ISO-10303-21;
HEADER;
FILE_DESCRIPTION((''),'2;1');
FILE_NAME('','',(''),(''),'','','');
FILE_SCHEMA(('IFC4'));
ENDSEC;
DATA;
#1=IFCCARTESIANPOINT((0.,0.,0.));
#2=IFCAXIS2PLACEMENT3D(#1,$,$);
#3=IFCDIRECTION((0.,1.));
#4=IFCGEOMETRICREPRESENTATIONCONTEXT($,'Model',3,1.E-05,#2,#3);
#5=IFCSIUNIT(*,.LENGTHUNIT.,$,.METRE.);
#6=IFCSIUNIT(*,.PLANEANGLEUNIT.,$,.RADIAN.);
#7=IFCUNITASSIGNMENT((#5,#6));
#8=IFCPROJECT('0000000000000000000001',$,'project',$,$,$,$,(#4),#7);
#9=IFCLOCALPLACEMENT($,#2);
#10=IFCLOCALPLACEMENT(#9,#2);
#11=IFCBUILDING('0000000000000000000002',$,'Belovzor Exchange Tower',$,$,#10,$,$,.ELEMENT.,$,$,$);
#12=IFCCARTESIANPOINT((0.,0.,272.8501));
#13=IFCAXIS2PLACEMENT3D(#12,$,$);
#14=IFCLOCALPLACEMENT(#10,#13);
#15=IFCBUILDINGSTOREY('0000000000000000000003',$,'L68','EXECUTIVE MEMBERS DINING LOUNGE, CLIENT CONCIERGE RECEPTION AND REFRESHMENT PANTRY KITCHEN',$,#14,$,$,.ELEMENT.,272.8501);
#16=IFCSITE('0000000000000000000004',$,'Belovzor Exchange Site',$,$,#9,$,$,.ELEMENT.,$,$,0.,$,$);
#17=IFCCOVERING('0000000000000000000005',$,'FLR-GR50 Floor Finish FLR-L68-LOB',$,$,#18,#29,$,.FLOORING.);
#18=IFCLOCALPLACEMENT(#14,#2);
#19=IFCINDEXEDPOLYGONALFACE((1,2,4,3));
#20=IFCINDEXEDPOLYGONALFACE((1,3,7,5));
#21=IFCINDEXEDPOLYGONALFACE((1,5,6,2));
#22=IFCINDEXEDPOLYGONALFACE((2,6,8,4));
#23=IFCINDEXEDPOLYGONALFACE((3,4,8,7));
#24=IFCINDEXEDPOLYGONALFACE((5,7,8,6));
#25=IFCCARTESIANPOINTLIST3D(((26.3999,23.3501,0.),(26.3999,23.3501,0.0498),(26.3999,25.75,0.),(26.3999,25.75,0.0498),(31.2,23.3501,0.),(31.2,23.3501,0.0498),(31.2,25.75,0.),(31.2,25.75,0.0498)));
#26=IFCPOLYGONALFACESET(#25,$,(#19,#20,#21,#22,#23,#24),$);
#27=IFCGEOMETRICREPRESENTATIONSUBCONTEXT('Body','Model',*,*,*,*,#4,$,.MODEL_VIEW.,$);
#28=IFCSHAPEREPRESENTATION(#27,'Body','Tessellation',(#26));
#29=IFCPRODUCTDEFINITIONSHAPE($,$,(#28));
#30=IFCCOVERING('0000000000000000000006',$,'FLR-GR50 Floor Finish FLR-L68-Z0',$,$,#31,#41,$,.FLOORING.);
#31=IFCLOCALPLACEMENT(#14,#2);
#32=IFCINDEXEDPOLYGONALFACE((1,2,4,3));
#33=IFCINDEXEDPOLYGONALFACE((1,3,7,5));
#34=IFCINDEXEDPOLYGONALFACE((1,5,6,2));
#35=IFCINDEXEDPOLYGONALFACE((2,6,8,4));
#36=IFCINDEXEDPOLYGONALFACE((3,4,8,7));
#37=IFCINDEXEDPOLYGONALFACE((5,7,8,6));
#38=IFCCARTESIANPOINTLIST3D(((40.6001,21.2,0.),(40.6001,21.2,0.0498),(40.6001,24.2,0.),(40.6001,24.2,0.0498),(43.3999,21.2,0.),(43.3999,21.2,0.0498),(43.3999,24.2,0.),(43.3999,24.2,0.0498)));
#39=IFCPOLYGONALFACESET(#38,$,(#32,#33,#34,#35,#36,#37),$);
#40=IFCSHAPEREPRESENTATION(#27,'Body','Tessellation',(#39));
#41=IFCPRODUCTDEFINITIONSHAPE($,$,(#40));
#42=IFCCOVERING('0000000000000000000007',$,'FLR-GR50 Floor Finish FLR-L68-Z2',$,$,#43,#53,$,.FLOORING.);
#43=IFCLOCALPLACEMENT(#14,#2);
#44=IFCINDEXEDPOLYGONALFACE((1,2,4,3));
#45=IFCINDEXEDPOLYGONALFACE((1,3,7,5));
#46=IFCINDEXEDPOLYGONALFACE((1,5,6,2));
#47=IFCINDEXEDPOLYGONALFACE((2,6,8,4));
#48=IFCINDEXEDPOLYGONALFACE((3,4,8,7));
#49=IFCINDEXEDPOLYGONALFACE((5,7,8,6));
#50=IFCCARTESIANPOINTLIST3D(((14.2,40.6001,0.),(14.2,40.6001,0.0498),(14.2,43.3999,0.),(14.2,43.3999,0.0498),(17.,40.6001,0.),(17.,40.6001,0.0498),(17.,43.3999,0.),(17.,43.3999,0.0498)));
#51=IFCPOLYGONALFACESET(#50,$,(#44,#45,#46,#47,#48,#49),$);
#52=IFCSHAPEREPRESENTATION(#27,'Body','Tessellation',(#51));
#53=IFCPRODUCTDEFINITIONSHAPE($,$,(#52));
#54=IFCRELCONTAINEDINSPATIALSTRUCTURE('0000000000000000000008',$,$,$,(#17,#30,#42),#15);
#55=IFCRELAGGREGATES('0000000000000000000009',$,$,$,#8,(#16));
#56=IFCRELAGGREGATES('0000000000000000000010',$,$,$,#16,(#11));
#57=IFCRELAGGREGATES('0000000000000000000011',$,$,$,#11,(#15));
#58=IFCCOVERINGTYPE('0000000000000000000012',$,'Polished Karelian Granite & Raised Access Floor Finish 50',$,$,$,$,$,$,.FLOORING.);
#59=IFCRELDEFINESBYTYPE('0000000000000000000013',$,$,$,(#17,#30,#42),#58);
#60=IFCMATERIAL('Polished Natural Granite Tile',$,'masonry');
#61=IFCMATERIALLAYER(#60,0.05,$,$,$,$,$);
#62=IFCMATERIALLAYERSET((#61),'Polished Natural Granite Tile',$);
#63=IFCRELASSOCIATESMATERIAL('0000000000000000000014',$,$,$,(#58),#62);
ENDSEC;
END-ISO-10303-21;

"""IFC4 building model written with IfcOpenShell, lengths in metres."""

from ifc_helpers import new_model, si_unit, direction, frame, origin, place, context, subcontext, project, spatial, polyline, outline, extrude, material, layer, layer_set, type_object, element, save


model = new_model("IFC4")

# Units and contexts
model_context = context("Model", 3, precision=1e-05, world=origin(), true_north=direction((0.0, 1.0)))
body_context = subcontext(model_context, "Body", "Model", "MODEL_VIEW")
ifc_project = project(units=[si_unit("LENGTHUNIT", "METRE"), si_unit("PLANEANGLEUNIT", "RADIAN")], contexts=[model_context])

# Site, building, storey
site_placement = place(None, origin())
site = spatial("IfcSite", under=ifc_project, at=site_placement, Name="Belovzor Exchange Site", CompositionType="ELEMENT", RefElevation=0.0)
building_placement = place(site_placement, origin())
building = spatial("IfcBuilding", under=site, at=building_placement, Name="Belovzor Exchange Tower", CompositionType="ELEMENT")
storey_placement = place(building_placement, frame((0.0, 0.0, 272.8501)))
storey = spatial("IfcBuildingStorey", under=building, at=storey_placement, Name="L68", Description="EXECUTIVE MEMBERS DINING LOUNGE, CLIENT CONCIERGE RECEPTION AND REFRESHMENT PANTRY KITCHEN", CompositionType="ELEMENT", Elevation=272.8501)

# Coverings
ifc_material_1 = material(Name="Polished Natural Granite Tile", Category="masonry")
ifc_layer_1 = layer(ifc_material_1, 0.05)
ifc_layer_set_1 = layer_set([ifc_layer_1], Name="Polished Natural Granite Tile")
covering_type_1 = type_object("IfcCoveringType", Name="Polished Karelian Granite & Raised Access Floor Finish 50", PredefinedType="FLOORING", material=ifc_layer_set_1)
covering_1_placement = place(storey_placement, origin())
element("IfcCovering", 1, at=covering_1_placement, inside=storey, type_object=covering_type_1, Name="FLR-GR50 Floor Finish FLR-L68-LOB", PredefinedType="FLOORING", context=body_context, shape_type="SweptSolid", body=[
    extrude(outline(polyline([(26.3999, 23.3501), (31.2, 23.3501), (31.2, 25.75), (26.3999, 25.75), (26.3999, 23.3501)])), origin(), (0.0, 0.0, 1.0), 0.0498),
])
covering_2_placement = place(storey_placement, origin())
element("IfcCovering", 2, at=covering_2_placement, inside=storey, type_object=covering_type_1, Name="FLR-GR50 Floor Finish FLR-L68-Z0", PredefinedType="FLOORING", context=body_context, shape_type="SweptSolid", body=[
    extrude(outline(polyline([(40.6001, 21.2), (43.3999, 21.2), (43.3999, 24.2), (40.6001, 24.2), (40.6001, 21.2)])), origin(), (0.0, 0.0, 1.0), 0.0498),
])
covering_3_placement = place(storey_placement, origin())
element("IfcCovering", 3, at=covering_3_placement, inside=storey, type_object=covering_type_1, Name="FLR-GR50 Floor Finish FLR-L68-Z2", PredefinedType="FLOORING", context=body_context, shape_type="SweptSolid", body=[
    extrude(outline(polyline([(14.2, 40.6001), (17.0, 40.6001), (17.0, 43.3999), (14.2, 43.3999), (14.2, 40.6001)])), origin(), (0.0, 0.0, 1.0), 0.0498),
])

save(model, "model.ifc")
